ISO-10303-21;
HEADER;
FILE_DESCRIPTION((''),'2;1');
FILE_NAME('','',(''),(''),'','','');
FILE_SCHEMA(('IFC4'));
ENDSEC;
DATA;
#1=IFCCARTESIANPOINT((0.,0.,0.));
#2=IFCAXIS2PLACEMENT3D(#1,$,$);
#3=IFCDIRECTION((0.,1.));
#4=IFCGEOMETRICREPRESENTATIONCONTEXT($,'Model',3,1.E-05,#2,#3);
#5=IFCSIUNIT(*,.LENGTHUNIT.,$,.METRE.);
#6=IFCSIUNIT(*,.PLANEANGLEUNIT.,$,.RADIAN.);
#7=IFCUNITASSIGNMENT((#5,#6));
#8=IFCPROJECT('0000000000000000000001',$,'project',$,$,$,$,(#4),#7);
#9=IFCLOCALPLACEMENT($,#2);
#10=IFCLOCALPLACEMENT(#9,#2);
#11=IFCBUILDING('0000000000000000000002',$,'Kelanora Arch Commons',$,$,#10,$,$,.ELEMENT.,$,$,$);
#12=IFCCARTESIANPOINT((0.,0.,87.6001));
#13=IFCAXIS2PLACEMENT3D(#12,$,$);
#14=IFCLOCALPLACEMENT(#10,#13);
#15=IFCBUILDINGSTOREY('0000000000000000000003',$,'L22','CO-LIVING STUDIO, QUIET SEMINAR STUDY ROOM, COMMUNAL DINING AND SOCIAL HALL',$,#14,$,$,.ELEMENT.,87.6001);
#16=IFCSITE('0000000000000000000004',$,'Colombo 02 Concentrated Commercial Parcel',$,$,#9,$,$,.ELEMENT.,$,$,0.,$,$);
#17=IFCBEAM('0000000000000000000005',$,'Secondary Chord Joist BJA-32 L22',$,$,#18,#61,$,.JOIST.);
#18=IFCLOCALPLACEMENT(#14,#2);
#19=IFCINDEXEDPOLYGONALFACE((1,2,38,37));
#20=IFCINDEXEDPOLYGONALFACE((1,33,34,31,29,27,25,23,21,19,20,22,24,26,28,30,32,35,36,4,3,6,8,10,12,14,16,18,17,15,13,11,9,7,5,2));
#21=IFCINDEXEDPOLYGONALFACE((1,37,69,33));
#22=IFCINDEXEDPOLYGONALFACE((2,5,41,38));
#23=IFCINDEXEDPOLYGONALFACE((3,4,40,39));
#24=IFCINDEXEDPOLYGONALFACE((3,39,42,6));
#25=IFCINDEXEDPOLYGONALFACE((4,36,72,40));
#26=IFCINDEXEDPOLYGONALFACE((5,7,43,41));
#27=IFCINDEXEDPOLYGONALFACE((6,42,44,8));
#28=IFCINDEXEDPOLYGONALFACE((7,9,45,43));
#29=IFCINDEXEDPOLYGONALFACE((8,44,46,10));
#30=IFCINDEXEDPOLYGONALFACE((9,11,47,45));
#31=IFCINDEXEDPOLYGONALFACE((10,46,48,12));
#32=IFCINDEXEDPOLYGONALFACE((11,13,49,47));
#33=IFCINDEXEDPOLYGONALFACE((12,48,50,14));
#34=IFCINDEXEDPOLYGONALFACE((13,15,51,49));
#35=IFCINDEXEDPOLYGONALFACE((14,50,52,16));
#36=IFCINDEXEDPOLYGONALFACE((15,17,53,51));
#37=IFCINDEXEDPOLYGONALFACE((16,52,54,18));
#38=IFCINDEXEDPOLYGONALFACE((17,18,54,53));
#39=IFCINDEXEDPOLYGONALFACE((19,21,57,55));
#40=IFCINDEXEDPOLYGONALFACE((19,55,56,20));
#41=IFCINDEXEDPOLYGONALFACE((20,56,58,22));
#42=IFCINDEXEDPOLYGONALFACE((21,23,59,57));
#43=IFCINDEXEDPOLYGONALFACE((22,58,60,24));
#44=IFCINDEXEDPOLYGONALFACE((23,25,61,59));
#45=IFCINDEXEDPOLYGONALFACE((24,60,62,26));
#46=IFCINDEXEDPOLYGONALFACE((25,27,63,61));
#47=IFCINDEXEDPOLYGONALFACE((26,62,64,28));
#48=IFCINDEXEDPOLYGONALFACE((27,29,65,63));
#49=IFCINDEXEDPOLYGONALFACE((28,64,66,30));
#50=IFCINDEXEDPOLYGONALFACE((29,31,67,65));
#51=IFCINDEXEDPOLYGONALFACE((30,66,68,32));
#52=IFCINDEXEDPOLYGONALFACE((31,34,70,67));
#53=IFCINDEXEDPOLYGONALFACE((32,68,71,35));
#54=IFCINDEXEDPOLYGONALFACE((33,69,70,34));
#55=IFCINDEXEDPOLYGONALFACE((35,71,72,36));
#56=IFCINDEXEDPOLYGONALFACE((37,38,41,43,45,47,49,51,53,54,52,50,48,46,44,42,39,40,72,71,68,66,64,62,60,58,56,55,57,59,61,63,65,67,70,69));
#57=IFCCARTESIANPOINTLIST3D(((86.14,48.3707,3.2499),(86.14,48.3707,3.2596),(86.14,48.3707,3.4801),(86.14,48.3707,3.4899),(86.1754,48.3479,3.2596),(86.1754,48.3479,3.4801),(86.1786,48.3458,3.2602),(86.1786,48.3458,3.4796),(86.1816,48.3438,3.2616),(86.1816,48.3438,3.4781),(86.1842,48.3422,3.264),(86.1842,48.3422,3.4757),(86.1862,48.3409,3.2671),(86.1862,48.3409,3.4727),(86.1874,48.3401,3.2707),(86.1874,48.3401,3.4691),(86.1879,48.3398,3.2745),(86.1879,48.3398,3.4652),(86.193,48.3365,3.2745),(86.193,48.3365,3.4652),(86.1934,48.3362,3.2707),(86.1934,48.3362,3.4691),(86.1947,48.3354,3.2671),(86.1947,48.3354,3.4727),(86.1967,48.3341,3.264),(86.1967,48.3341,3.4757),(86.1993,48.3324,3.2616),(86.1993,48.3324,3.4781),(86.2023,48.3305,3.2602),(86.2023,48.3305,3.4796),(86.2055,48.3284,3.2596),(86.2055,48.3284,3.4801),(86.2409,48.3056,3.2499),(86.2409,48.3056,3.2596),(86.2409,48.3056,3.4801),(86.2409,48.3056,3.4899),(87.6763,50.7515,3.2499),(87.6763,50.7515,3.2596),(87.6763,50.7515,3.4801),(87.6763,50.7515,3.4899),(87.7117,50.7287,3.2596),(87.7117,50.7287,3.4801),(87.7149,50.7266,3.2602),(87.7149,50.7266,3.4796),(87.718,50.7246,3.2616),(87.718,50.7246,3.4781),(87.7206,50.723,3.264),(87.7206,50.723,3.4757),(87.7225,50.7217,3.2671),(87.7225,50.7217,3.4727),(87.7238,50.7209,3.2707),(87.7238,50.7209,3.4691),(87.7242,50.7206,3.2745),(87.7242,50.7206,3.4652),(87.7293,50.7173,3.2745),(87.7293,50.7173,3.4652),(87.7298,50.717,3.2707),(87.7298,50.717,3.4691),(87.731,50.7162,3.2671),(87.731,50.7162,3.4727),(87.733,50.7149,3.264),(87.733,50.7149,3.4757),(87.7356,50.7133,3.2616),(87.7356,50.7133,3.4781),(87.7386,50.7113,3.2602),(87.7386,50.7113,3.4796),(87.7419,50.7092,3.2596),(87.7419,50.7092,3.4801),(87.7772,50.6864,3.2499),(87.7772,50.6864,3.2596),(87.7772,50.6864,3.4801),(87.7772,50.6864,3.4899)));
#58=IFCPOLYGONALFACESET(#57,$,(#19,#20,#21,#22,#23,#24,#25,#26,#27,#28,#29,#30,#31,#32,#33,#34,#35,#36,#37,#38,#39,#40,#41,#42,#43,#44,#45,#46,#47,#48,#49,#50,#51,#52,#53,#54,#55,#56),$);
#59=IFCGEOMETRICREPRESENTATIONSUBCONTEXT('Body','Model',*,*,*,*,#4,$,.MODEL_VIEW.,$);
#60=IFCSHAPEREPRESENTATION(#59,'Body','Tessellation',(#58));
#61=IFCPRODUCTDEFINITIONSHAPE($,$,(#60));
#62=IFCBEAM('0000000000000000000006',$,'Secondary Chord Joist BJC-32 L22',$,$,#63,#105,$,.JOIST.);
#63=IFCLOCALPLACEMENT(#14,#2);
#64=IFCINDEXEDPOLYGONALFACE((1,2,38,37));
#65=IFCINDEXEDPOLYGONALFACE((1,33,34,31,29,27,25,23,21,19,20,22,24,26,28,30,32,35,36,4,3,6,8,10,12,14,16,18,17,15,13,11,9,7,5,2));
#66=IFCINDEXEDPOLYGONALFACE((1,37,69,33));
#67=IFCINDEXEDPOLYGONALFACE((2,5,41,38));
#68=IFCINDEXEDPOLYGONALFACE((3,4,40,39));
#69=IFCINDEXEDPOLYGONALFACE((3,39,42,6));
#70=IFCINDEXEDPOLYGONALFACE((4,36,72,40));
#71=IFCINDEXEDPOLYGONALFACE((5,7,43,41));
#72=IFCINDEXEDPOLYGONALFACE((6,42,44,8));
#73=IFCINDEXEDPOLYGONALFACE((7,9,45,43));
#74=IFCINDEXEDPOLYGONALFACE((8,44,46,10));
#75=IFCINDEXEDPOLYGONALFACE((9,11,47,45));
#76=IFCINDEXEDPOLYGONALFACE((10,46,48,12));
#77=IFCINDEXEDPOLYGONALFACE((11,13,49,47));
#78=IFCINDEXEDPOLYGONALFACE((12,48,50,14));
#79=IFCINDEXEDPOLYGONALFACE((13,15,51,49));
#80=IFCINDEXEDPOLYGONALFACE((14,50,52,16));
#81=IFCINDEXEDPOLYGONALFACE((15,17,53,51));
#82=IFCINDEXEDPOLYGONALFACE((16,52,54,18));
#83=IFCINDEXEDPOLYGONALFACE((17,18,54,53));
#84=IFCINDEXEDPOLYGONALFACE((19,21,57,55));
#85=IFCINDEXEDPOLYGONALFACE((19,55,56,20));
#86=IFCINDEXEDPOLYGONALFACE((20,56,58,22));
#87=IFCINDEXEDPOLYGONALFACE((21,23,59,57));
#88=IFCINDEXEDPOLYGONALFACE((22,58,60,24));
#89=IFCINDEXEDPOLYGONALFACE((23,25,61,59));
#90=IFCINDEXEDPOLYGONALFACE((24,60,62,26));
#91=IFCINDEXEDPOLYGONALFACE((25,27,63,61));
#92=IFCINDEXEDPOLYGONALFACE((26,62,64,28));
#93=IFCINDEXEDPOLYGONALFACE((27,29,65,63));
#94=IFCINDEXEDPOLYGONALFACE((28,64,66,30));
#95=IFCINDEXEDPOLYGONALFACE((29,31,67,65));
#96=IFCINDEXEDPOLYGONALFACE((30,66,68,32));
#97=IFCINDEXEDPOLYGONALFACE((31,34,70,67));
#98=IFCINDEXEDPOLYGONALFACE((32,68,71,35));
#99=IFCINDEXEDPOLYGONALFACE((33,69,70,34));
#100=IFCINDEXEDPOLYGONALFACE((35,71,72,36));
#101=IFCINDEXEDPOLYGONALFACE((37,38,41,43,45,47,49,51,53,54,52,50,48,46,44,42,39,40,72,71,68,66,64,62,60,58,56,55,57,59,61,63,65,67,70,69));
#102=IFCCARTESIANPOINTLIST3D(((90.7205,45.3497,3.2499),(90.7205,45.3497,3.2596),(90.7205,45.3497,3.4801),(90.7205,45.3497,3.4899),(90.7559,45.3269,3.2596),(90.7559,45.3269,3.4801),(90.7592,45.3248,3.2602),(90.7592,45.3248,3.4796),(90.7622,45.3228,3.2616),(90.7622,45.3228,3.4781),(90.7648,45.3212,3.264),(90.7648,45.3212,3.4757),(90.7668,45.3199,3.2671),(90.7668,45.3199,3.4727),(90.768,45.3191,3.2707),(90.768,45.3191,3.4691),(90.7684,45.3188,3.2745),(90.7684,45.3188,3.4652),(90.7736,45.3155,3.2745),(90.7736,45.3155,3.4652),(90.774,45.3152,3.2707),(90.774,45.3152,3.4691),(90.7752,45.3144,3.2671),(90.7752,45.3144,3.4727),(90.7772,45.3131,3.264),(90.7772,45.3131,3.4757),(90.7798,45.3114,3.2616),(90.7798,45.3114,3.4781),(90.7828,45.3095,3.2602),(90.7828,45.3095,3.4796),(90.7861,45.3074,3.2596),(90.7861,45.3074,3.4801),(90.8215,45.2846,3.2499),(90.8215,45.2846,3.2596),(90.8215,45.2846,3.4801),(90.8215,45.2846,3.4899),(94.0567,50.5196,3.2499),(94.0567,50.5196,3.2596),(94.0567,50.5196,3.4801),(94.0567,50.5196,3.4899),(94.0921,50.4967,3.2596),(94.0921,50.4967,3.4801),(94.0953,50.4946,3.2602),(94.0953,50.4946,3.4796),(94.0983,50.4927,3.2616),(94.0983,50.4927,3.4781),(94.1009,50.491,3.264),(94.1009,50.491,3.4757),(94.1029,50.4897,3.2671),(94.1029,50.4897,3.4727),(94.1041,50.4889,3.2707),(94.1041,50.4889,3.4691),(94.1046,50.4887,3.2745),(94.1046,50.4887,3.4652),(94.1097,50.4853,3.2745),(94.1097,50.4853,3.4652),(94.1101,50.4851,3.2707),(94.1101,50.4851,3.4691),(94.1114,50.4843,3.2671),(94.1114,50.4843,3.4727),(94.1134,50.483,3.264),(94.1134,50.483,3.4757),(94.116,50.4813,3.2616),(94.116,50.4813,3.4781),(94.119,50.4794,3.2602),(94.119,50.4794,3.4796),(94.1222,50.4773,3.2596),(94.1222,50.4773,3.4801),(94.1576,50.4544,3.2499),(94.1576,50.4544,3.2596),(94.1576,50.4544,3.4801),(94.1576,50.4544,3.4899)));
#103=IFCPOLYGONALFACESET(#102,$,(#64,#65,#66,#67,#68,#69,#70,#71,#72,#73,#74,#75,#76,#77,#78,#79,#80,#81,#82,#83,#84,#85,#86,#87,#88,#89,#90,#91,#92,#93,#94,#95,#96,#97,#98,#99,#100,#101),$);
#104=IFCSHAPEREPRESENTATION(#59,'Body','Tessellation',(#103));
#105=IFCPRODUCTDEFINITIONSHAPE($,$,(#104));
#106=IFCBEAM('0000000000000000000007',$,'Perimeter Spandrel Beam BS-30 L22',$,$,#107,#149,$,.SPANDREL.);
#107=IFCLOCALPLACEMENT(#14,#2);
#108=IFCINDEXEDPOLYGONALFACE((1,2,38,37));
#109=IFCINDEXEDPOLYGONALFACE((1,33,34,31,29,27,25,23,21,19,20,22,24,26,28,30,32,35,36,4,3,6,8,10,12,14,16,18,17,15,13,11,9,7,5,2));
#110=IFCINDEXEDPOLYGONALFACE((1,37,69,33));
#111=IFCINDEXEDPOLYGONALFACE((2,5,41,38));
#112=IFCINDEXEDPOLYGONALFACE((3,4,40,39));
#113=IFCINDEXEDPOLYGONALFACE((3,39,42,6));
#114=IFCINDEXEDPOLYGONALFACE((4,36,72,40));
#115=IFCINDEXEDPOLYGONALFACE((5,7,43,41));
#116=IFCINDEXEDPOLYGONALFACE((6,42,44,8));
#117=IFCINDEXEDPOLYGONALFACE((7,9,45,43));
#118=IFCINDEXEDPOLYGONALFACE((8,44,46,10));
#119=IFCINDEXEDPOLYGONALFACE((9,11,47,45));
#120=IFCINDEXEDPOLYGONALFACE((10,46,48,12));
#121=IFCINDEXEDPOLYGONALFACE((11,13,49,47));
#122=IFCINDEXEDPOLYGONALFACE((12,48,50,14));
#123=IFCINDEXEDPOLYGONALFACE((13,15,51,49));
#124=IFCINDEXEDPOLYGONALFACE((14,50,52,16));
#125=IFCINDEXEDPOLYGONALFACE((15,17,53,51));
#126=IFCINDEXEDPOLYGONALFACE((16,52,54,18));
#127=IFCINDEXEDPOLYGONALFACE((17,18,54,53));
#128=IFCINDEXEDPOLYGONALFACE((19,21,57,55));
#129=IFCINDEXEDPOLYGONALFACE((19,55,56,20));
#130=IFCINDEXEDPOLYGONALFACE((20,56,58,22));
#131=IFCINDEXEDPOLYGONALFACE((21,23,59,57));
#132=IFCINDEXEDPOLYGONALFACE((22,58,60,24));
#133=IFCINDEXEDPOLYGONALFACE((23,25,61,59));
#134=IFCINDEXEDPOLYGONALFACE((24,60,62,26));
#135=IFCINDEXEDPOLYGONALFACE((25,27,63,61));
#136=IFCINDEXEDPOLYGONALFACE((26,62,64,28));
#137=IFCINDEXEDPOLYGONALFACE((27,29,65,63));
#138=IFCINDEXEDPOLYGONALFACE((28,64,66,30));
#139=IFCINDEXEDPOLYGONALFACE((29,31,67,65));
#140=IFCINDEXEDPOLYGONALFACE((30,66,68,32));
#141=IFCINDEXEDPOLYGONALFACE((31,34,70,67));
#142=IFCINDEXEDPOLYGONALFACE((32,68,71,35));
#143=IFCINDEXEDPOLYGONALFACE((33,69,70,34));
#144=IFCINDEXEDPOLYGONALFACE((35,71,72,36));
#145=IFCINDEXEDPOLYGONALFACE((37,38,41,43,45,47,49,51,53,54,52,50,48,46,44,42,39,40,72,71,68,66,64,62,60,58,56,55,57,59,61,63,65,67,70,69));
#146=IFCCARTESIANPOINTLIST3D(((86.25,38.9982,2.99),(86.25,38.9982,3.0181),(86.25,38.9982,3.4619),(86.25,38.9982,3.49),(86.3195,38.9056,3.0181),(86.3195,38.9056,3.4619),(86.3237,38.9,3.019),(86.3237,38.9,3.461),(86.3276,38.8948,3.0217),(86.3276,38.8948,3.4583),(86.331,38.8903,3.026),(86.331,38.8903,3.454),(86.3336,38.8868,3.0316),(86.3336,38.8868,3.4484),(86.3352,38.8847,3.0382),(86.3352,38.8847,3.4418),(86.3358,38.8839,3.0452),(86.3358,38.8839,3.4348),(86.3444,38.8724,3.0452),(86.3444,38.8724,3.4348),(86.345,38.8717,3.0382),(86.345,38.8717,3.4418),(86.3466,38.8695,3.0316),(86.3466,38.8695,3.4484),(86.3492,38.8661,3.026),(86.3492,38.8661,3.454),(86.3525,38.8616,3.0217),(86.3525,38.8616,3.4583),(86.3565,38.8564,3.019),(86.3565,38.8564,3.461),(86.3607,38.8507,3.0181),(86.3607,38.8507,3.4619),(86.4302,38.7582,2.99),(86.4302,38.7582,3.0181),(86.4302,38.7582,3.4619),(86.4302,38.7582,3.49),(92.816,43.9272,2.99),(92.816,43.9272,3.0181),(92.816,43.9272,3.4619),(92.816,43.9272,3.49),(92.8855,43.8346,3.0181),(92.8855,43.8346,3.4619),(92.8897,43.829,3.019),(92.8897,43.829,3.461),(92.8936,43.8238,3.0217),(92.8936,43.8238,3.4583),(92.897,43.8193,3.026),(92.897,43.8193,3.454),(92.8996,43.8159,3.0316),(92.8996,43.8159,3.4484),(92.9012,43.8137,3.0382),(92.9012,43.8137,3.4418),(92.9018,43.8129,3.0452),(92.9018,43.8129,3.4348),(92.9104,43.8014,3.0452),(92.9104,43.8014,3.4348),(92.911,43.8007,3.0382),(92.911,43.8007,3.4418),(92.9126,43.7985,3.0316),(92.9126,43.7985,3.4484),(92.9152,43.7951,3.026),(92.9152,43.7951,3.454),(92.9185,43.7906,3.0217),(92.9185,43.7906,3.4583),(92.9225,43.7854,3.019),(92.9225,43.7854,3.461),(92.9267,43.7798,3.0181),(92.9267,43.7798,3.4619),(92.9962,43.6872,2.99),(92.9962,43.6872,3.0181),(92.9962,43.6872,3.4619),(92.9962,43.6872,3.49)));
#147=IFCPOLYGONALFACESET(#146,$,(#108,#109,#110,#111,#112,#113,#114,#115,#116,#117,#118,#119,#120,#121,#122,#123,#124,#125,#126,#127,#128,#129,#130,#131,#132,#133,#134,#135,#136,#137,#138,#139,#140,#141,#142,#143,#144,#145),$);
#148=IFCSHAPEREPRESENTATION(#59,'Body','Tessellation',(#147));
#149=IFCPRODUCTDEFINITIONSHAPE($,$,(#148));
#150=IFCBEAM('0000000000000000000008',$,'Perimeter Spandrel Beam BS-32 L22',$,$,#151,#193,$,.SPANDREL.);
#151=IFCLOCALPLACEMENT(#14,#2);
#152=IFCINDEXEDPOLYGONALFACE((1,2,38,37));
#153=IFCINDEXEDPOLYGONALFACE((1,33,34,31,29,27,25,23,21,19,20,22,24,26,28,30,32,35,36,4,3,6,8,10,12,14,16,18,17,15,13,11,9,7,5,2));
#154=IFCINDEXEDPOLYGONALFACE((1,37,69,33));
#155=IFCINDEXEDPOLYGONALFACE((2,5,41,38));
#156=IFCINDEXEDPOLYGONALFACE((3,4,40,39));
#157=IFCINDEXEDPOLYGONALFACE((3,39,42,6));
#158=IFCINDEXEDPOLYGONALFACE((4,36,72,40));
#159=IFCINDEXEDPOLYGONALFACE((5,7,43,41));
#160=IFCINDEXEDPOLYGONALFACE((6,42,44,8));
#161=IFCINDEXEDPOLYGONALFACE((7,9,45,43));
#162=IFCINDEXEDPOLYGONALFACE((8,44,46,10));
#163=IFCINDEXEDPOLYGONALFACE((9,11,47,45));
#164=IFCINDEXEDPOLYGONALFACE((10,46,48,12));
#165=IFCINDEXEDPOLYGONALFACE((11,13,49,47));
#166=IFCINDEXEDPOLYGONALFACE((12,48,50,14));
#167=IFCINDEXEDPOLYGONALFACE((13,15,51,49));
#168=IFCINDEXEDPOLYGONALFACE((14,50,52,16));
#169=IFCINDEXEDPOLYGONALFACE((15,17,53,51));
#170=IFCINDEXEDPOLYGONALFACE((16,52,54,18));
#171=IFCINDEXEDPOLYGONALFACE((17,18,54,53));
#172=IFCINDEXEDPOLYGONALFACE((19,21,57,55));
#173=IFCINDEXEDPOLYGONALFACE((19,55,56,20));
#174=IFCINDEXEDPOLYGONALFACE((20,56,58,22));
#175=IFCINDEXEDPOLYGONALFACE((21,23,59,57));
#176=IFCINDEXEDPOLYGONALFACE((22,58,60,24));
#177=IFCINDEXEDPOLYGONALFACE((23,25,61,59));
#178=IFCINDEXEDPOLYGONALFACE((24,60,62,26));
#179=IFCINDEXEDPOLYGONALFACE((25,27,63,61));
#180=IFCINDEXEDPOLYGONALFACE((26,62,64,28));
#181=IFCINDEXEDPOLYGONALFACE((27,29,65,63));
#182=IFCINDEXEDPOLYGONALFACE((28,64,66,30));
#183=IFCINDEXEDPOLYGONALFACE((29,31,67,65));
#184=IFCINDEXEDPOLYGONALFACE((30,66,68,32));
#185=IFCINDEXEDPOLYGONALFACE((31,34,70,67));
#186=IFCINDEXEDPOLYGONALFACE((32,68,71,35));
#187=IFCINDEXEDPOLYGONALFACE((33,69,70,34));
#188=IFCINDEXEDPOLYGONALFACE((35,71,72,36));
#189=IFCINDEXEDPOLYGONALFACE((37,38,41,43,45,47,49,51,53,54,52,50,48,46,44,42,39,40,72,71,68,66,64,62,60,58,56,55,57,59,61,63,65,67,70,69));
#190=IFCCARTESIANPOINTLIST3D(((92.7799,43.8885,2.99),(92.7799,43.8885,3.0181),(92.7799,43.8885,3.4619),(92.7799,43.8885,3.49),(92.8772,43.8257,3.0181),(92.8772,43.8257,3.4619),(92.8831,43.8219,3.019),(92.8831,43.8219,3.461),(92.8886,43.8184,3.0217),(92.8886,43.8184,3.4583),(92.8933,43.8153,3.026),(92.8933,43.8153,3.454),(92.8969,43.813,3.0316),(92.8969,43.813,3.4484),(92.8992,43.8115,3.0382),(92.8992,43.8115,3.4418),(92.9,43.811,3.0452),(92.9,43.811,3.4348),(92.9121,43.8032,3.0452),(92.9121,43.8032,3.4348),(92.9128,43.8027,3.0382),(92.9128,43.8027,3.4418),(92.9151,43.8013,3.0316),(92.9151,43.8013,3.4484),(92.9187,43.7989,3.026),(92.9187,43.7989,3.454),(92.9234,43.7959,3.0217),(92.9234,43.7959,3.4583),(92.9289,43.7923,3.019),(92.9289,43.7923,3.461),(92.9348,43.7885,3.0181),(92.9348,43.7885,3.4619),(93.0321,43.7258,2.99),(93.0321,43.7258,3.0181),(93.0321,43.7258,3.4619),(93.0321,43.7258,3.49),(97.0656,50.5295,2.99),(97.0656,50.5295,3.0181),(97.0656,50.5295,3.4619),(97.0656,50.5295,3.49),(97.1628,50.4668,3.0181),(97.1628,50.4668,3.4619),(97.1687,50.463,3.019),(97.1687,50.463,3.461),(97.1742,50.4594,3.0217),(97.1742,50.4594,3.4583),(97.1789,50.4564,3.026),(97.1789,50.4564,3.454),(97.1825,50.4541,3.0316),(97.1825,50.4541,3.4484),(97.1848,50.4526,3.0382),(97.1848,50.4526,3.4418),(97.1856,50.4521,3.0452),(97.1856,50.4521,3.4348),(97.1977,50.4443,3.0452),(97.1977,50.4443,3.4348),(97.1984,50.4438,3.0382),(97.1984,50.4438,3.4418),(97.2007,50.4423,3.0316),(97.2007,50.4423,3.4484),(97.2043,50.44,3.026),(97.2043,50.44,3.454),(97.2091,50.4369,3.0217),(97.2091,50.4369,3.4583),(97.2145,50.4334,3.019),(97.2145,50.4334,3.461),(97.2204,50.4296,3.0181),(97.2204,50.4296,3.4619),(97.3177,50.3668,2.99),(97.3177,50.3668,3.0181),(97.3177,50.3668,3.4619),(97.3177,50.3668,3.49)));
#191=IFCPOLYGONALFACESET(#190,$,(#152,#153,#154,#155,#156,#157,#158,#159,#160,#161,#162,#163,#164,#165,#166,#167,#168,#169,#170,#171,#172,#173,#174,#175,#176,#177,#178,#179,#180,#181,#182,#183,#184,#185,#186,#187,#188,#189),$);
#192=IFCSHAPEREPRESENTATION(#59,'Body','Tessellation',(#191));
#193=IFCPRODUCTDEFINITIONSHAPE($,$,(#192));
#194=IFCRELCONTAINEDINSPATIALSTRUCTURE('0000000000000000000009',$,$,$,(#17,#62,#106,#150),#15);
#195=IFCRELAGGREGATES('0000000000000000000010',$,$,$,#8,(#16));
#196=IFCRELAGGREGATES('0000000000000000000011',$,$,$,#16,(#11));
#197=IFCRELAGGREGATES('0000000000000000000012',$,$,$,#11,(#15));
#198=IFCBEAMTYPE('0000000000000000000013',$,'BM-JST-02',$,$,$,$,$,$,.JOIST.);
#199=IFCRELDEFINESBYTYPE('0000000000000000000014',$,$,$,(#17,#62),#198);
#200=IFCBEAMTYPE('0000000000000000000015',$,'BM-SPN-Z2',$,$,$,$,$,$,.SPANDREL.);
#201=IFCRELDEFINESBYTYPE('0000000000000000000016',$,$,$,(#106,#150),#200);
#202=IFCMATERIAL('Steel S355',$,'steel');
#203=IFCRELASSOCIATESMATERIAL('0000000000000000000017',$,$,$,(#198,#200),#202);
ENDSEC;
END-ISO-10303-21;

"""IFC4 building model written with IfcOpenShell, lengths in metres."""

from ifc_helpers import new_model, si_unit, direction, frame, origin, origin_2d, place, context, subcontext, project, spatial, i_section, extrude, material, material_profile, profile_set, type_object, element, save


model = new_model("IFC4")

# Units and contexts
model_context = context("Model", 3, precision=1e-05, world=origin(), true_north=direction((0.0, 1.0)))
body_context = subcontext(model_context, "Body", "Model", "MODEL_VIEW")
ifc_project = project(units=[si_unit("LENGTHUNIT", "METRE"), si_unit("PLANEANGLEUNIT", "RADIAN")], contexts=[model_context])

# Site, building, storey
site_placement = place(None, origin())
site = spatial("IfcSite", under=ifc_project, at=site_placement, Name="Colombo 02 Concentrated Commercial Parcel", CompositionType="ELEMENT", RefElevation=0.0)
building_placement = place(site_placement, origin())
building = spatial("IfcBuilding", under=site, at=building_placement, Name="Kelanora Arch Commons", CompositionType="ELEMENT")
storey_placement = place(building_placement, frame((0.0, 0.0, 87.6001)))
storey = spatial("IfcBuildingStorey", under=building, at=storey_placement, Name="L22", Description="CO-LIVING STUDIO, QUIET SEMINAR STUDY ROOM, COMMUNAL DINING AND SOCIAL HALL", CompositionType="ELEMENT", Elevation=87.6001)

# Beams
ifc_material_1 = material(Name="Steel S355", Category="steel")
ifc_material_profile_1 = material_profile(ifc_material_1, i_section(OverallWidth=0.1201, OverallDepth=0.24, WebThickness=0.0061, FlangeThickness=0.0098, FilletRadius=0.0149, at=origin_2d()), Name="IPE240")
ifc_profile_set_1 = profile_set([ifc_material_profile_1], Name="Steel S355")
beam_type_1 = type_object("IfcBeamType", Name="BM-JST-02", PredefinedType="JOIST", material=ifc_profile_set_1)
beam_1_placement = place(storey_placement, frame((86.1904, 48.3381, 3.3699), z_axis=(0.542211, 0.840242, 0.0), x_axis=(-0.840242, 0.542211, 0.0)))
element("IfcBeam", 1, at=beam_1_placement, inside=storey, type_object=beam_type_1, Name="Secondary Chord Joist BJA-32 L22", PredefinedType="JOIST", context=body_context, shape_type="SweptSolid", body=[
    extrude(i_section(OverallWidth=0.1201, OverallDepth=0.24, WebThickness=0.0061, FlangeThickness=0.0098, FilletRadius=0.0149, at=origin_2d()), origin(), (0.0, 0.0, 1.0), 2.8335),
])
beam_2_placement = place(storey_placement, frame((90.771, 45.3171, 3.3699), z_axis=(0.542213, 0.840241, 0.0), x_axis=(-0.840241, 0.542213, 0.0)))
element("IfcBeam", 2, at=beam_2_placement, inside=storey, type_object=beam_type_1, Name="Secondary Chord Joist BJC-32 L22", PredefinedType="JOIST", context=body_context, shape_type="SweptSolid", body=[
    extrude(i_section(OverallWidth=0.1201, OverallDepth=0.24, WebThickness=0.0061, FlangeThickness=0.0098, FilletRadius=0.0149, at=origin_2d()), origin(), (0.0, 0.0, 1.0), 6.1528),
])
ifc_material_profile_2 = material_profile(ifc_material_1, i_section(OverallWidth=0.3, OverallDepth=0.5, WebThickness=0.0144, FlangeThickness=0.0281, FilletRadius=0.0271, at=origin_2d()), Name="HEB500")
ifc_profile_set_2 = profile_set([ifc_material_profile_2], Name="Steel S355")
beam_type_2 = type_object("IfcBeamType", Name="BM-SPN-Z2", PredefinedType="SPANDREL", material=ifc_profile_set_2)
beam_3_placement = place(storey_placement, frame((86.3401, 38.8782, 3.24), z_axis=(0.799736, 0.600352, 0.0), x_axis=(-0.600352, 0.799736, 0.0)))
element("IfcBeam", 3, at=beam_3_placement, inside=storey, type_object=beam_type_2, Name="Perimeter Spandrel Beam BS-30 L22", PredefinedType="SPANDREL", context=body_context, shape_type="SweptSolid", body=[
    extrude(i_section(OverallWidth=0.3, OverallDepth=0.5, WebThickness=0.0144, FlangeThickness=0.0281, FilletRadius=0.0271, at=origin_2d()), origin(), (0.0, 0.0, 1.0), 8.2102),
])
beam_4_placement = place(storey_placement, frame((92.906, 43.8071, 3.24), z_axis=(0.542221, 0.840236, 0.0), x_axis=(-0.840236, 0.542221, 0.0)))
element("IfcBeam", 4, at=beam_4_placement, inside=storey, type_object=beam_type_2, Name="Perimeter Spandrel Beam BS-32 L22", PredefinedType="SPANDREL", context=body_context, shape_type="SweptSolid", body=[
    extrude(i_section(OverallWidth=0.3, OverallDepth=0.5, WebThickness=0.0144, FlangeThickness=0.0281, FilletRadius=0.0271, at=origin_2d()), origin(), (0.0, 0.0, 1.0), 7.9038),
])

save(model, "model.ifc")
